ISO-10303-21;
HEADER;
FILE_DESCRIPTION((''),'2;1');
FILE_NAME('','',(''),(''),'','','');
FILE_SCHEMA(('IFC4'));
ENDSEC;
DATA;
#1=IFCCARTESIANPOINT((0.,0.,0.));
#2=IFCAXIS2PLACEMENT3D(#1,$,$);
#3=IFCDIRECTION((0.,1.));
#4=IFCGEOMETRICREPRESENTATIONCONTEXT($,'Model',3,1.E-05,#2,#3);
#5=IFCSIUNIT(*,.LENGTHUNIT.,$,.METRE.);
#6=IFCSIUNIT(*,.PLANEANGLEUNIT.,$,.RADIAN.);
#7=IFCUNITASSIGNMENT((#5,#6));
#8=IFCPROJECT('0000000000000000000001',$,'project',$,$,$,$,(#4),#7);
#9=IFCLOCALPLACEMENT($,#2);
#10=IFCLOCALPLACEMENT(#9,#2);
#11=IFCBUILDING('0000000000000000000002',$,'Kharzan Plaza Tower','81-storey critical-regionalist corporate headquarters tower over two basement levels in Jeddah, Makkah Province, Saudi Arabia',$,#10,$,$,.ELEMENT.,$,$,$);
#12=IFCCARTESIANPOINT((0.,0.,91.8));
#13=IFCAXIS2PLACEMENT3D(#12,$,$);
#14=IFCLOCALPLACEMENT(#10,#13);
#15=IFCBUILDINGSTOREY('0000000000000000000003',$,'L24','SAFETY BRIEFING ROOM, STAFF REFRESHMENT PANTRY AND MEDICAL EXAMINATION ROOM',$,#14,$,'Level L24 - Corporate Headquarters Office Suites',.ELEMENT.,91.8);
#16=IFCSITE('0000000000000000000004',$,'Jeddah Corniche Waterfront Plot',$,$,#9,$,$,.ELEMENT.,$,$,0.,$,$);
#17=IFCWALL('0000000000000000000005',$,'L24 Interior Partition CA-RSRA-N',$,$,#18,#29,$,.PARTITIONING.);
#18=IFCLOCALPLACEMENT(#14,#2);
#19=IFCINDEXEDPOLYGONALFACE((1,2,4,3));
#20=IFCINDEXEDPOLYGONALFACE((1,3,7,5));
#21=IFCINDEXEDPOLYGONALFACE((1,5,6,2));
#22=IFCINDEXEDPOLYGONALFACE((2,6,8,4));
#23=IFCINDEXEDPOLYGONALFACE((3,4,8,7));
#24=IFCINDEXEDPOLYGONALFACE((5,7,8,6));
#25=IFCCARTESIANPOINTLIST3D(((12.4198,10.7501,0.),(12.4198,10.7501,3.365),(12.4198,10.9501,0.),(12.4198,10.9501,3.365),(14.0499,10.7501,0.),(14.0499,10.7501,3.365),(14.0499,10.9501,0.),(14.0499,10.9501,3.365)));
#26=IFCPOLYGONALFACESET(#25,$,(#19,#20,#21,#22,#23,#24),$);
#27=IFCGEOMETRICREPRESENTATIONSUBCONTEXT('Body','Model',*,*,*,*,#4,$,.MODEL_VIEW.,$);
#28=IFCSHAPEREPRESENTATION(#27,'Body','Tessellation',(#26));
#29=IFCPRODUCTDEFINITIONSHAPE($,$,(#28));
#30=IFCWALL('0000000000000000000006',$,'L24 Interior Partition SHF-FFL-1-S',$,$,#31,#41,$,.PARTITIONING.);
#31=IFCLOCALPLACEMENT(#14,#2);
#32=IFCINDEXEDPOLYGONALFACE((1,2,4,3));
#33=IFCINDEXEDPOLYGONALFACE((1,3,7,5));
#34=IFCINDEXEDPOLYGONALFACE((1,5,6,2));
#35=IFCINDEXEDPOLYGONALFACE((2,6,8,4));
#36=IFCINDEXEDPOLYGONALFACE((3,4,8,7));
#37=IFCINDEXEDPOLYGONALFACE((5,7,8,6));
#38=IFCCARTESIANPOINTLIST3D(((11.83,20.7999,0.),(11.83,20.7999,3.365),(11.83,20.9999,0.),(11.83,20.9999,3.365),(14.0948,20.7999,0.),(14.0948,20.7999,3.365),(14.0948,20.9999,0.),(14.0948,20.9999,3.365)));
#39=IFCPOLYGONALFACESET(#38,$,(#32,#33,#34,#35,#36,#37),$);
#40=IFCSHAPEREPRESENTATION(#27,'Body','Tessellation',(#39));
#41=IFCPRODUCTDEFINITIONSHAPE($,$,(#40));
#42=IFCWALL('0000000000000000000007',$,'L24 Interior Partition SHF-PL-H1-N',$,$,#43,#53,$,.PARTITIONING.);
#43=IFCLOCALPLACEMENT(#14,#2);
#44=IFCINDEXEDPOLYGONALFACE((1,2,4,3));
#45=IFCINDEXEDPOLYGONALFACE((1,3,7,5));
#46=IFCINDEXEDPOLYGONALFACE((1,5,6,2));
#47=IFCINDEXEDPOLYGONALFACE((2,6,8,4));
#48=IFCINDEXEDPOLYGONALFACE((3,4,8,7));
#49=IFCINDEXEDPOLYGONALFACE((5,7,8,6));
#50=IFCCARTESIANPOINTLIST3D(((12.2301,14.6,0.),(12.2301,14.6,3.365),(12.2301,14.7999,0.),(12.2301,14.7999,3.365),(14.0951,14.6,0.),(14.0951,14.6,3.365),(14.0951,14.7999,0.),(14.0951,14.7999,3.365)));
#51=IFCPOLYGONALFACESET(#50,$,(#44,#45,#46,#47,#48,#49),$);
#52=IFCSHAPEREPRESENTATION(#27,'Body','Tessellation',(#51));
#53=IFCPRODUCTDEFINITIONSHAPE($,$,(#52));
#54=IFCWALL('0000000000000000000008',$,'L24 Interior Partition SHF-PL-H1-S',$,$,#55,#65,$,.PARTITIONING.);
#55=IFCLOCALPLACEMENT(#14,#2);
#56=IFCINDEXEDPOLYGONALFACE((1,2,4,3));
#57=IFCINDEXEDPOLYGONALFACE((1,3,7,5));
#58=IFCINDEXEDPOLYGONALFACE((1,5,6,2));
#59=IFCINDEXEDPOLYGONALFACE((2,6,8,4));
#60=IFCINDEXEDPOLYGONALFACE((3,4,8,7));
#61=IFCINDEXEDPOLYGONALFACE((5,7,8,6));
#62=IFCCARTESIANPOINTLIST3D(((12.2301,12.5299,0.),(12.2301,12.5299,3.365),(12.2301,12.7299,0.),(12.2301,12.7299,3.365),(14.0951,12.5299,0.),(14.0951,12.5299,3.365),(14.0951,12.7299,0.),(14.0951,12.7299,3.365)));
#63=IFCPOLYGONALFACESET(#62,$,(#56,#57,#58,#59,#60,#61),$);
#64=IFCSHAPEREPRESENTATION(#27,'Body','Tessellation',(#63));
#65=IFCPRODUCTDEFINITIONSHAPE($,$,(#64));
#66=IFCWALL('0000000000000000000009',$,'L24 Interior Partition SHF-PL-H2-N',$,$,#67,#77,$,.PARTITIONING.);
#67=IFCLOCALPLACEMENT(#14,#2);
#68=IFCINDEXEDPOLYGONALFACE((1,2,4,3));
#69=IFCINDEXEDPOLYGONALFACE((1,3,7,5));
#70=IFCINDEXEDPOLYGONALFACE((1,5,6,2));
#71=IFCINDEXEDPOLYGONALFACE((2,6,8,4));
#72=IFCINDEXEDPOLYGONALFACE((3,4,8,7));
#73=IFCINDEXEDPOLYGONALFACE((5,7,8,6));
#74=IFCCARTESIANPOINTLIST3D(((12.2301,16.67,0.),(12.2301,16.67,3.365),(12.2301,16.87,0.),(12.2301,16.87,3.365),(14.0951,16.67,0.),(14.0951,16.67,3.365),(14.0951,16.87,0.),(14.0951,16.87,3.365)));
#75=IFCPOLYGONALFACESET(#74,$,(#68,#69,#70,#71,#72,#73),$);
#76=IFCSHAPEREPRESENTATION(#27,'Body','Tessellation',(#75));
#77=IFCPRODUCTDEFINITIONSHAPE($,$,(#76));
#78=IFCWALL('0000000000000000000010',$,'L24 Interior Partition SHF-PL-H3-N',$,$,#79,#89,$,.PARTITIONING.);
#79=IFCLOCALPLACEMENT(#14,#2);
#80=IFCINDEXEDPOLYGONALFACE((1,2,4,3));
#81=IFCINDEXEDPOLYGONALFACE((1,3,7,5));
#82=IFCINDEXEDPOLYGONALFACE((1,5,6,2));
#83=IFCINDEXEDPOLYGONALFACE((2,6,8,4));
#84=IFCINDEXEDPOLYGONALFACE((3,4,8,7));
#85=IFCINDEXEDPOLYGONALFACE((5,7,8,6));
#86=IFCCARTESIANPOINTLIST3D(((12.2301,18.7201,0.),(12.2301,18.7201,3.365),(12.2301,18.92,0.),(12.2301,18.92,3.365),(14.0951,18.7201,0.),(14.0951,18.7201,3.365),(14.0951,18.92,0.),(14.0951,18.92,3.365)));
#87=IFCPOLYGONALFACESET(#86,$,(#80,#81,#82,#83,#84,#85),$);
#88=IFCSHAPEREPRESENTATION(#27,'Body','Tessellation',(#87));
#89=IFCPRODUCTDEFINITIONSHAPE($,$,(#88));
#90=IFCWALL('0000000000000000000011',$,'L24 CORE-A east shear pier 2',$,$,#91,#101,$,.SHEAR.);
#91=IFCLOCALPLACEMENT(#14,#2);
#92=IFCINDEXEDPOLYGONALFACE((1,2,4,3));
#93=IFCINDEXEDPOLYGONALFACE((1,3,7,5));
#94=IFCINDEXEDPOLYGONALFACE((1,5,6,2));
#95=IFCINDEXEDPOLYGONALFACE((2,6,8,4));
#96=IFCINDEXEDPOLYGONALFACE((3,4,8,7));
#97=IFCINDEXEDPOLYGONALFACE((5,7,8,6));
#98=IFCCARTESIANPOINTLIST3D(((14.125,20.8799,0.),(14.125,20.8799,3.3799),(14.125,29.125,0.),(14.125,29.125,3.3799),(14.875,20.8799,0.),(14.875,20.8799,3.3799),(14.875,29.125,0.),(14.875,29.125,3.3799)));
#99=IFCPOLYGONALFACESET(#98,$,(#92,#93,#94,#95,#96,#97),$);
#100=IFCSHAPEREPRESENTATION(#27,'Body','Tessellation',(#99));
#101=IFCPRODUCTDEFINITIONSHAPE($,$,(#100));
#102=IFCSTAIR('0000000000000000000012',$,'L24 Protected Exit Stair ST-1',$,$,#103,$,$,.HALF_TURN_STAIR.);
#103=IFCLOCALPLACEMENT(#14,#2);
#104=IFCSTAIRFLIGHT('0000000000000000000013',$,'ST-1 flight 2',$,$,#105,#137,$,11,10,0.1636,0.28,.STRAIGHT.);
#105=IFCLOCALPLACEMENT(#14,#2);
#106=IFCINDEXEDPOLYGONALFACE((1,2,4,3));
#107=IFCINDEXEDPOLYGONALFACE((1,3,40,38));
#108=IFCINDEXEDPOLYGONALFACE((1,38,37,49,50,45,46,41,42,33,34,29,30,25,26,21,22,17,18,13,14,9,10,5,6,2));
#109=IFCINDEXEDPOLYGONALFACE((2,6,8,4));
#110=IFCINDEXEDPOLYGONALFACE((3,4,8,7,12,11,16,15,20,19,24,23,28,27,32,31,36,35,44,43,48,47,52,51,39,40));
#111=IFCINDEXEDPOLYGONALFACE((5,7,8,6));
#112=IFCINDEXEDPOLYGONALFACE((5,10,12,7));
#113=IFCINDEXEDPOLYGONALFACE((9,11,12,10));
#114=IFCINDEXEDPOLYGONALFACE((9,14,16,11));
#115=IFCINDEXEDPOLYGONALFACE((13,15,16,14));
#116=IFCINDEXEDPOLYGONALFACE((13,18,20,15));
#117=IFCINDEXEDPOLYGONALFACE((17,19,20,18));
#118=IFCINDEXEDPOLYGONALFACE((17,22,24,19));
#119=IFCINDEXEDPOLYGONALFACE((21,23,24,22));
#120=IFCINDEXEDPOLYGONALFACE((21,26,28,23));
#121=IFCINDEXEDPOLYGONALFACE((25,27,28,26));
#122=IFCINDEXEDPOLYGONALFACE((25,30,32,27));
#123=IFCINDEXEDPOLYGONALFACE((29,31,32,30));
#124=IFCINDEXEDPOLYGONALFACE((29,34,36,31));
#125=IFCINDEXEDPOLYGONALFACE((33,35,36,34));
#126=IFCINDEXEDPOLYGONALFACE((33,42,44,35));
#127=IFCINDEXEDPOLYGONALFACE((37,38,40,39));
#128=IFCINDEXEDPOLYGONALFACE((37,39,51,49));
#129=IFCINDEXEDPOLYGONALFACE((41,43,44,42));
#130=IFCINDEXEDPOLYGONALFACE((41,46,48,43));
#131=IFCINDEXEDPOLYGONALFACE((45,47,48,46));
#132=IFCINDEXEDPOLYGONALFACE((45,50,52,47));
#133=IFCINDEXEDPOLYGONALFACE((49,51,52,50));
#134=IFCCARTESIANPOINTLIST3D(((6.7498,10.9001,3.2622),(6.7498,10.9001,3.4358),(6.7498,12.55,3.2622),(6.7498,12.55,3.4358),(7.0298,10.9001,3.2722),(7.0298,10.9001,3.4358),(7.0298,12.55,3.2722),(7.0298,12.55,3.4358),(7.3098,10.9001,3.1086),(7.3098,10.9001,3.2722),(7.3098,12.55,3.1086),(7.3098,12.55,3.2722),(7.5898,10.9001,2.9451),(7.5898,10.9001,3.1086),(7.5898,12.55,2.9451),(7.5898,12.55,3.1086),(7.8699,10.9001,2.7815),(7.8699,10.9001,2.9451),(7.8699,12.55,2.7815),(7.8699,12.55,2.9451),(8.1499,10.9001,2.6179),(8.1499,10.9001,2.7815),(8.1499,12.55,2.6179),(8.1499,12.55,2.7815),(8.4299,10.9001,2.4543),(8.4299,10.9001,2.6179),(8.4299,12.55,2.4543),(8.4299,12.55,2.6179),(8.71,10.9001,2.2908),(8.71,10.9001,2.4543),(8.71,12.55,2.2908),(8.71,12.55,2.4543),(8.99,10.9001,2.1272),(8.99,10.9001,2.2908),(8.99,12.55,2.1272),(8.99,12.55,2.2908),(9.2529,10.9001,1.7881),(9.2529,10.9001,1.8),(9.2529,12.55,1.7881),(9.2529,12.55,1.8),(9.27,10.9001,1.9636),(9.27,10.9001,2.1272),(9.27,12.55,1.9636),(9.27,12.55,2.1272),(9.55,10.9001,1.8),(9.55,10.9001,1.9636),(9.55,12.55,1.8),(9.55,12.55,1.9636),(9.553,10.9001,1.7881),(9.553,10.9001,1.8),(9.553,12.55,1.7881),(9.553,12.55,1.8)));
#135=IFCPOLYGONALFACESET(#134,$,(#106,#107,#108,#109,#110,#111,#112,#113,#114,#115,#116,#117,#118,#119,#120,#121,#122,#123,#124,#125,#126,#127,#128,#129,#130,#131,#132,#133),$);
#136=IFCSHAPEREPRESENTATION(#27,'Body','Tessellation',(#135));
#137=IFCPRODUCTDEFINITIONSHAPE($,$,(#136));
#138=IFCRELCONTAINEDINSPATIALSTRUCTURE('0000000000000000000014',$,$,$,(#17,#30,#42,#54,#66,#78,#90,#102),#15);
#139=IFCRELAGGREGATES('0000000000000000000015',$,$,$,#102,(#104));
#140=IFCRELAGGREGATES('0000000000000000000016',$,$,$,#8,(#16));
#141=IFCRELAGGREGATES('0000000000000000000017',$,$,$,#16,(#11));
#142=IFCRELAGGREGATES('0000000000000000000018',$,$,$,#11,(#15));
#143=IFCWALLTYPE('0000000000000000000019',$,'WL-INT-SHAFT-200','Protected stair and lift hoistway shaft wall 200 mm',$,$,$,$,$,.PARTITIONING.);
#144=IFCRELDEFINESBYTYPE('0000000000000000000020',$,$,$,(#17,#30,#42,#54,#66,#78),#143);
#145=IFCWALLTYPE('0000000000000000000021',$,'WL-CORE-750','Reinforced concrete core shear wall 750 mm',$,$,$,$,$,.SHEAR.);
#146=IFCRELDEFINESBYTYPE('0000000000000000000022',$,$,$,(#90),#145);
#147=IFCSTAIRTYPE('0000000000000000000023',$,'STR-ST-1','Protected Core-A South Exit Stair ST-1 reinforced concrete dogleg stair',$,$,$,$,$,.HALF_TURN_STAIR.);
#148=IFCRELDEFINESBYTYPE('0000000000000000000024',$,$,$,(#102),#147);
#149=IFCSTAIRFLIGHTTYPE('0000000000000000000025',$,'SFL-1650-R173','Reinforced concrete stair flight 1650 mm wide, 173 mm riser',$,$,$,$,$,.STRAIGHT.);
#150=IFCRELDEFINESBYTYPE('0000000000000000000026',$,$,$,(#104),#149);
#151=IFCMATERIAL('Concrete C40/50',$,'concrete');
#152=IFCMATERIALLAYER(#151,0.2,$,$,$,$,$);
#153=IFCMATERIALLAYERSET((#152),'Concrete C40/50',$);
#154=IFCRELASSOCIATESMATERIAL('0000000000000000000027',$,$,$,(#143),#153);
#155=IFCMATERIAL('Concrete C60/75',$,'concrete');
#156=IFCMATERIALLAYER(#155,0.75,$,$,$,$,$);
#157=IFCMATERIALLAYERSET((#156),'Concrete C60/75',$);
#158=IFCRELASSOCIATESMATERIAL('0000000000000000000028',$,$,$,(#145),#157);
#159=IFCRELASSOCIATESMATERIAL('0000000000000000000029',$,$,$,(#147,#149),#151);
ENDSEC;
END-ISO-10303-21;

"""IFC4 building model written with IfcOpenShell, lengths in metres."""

from ifc_helpers import new_model, si_unit, direction, frame, frame_2d, origin, place, context, subcontext, project, spatial, polyline, rectangle, outline, extrude, source, transform, mapped, material, layer, layer_set, type_object, element, aggregate, save


model = new_model("IFC4")

# Units and contexts
model_context = context("Model", 3, precision=1e-05, world=origin(), true_north=direction((0.0, 1.0)))
body_context = subcontext(model_context, "Body", "Model", "MODEL_VIEW")
ifc_project = project(units=[si_unit("LENGTHUNIT", "METRE"), si_unit("PLANEANGLEUNIT", "RADIAN")], contexts=[model_context])

# Site, building, storey
site_placement = place(None, origin())
site = spatial("IfcSite", under=ifc_project, at=site_placement, Name="Jeddah Corniche Waterfront Plot", CompositionType="ELEMENT", RefElevation=0.0)
building_placement = place(site_placement, origin())
building = spatial("IfcBuilding", under=site, at=building_placement, Name="Kharzan Plaza Tower", Description="81-storey critical-regionalist corporate headquarters tower over two basement levels in Jeddah, Makkah Province, Saudi Arabia", CompositionType="ELEMENT")
storey_placement = place(building_placement, frame((0.0, 0.0, 91.8)))
storey = spatial("IfcBuildingStorey", under=building, at=storey_placement, Name="L24", Description="SAFETY BRIEFING ROOM, STAFF REFRESHMENT PANTRY AND MEDICAL EXAMINATION ROOM", LongName="Level L24 - Corporate Headquarters Office Suites", CompositionType="ELEMENT", Elevation=91.8)

# Shared definitions
ifc_material_1 = material(Name="Concrete C60/75", Category="concrete")

# Shared definitions
ifc_material_2 = material(Name="Concrete C40/50", Category="concrete")
ifc_layer_1 = layer(ifc_material_2, 0.2)
ifc_layer_set_1 = layer_set([ifc_layer_1], Name="Concrete C40/50")
wall_type_1 = type_object("IfcWallType", Name="WL-INT-SHAFT-200", Description="Protected stair and lift hoistway shaft wall 200 mm", PredefinedType="PARTITIONING", material=ifc_layer_set_1)

# Walls
shared_shape_1 = source(origin(), body_context, "Body", "SweptSolid", [
    extrude(rectangle(XDim=1.6301, YDim=0.2, at=frame_2d((0.8149, 0.0))), origin(), (0.0, 0.0, 1.0), 3.365),
])
wall_1_placement = place(storey_placement, frame((12.4199, 10.8501, 0.0), z_axis=(0.0, 0.0, 1.0), x_axis=(1.0, 0.0, 0.0)))
element("IfcWall", 1, at=wall_1_placement, inside=storey, type_object=wall_type_1, Name="L24 Interior Partition CA-RSRA-N", PredefinedType="PARTITIONING", context=body_context, shape_type="MappedRepresentation", body=[
    mapped(shared_shape_1, transform((0.0, 0.0, 0.0), x_axis=(1.0, 0.0, 0.0), y_axis=(0.0, 1.0, 0.0), z_axis=(0.0, 0.0, 1.0))),
])
shared_shape_2 = source(origin(), body_context, "Body", "SweptSolid", [
    extrude(rectangle(XDim=2.2649, YDim=0.2, at=frame_2d((1.1323, 0.0))), origin(), (0.0, 0.0, 1.0), 3.365),
])
wall_2_placement = place(storey_placement, frame((11.8301, 20.8999, 0.0), z_axis=(0.0, 0.0, 1.0), x_axis=(1.0, 0.0, 0.0)))
element("IfcWall", 2, at=wall_2_placement, inside=storey, type_object=wall_type_1, Name="L24 Interior Partition SHF-FFL-1-S", PredefinedType="PARTITIONING", context=body_context, shape_type="MappedRepresentation", body=[
    mapped(shared_shape_2, transform((0.0, 0.0, 0.0), x_axis=(1.0, 0.0, 0.0), y_axis=(0.0, 1.0, 0.0), z_axis=(0.0, 0.0, 1.0))),
])
shared_shape_3 = source(origin(), body_context, "Body", "SweptSolid", [
    extrude(rectangle(XDim=1.865, YDim=0.2, at=frame_2d((0.9326, 0.0))), origin(), (0.0, 0.0, 1.0), 3.365),
])
for number, where, z_axis, x_axis, name in (
    (3, (12.23, 14.7, 0.0), (0.0, 0.0, 1.0), (1.0, 0.0, 0.0), "L24 Interior Partition SHF-PL-H1-N"),
    (4, (12.23, 12.6299, 0.0), (0.0, 0.0, 1.0), (1.0, 0.0, 0.0), "L24 Interior Partition SHF-PL-H1-S"),
    (5, (12.23, 16.77, 0.0), (0.0, 0.0, 1.0), (1.0, 0.0, 0.0), "L24 Interior Partition SHF-PL-H2-N"),
    (6, (12.23, 18.8201, 0.0), (0.0, 0.0, 1.0), (1.0, 0.0, 0.0), "L24 Interior Partition SHF-PL-H3-N"),
):
    element("IfcWall", number, at=place(storey_placement, frame(where, z_axis=z_axis, x_axis=x_axis)), inside=storey, type_object=wall_type_1, Name=name, PredefinedType="PARTITIONING", context=body_context, shape_type="MappedRepresentation", body=[
        mapped(shared_shape_3, transform((0.0, 0.0, 0.0), x_axis=(1.0, 0.0, 0.0), y_axis=(0.0, 1.0, 0.0), z_axis=(0.0, 0.0, 1.0))),
    ])
ifc_layer_2 = layer(ifc_material_1, 0.75)
ifc_layer_set_2 = layer_set([ifc_layer_2], Name="Concrete C60/75")
wall_type_2 = type_object("IfcWallType", Name="WL-CORE-750", Description="Reinforced concrete core shear wall 750 mm", PredefinedType="SHEAR", material=ifc_layer_set_2)
shared_shape_4 = source(origin(), body_context, "Body", "SweptSolid", [
    extrude(rectangle(XDim=8.2451, YDim=0.75, at=frame_2d((4.1226, 0.0))), origin(), (0.0, 0.0, 1.0), 3.3799),
])
wall_3_placement = place(storey_placement, frame((14.5, 20.8799, 0.0), z_axis=(0.0, 0.0, 1.0), x_axis=(0.0, 1.0, 0.0)))
element("IfcWall", 7, at=wall_3_placement, inside=storey, type_object=wall_type_2, Name="L24 CORE-A east shear pier 2", PredefinedType="SHEAR", context=body_context, shape_type="MappedRepresentation", body=[
    mapped(shared_shape_4, transform((0.0, 0.0, 0.0), x_axis=(1.0, 0.0, 0.0), y_axis=(0.0, 1.0, 0.0), z_axis=(0.0, 0.0, 1.0))),
])

# Stair, stair flight
stair_type = type_object("IfcStairType", Name="STR-ST-1", Description="Protected Core-A South Exit Stair ST-1 reinforced concrete dogleg stair", PredefinedType="HALF_TURN_STAIR", material=ifc_material_2)
stair_placement = place(storey_placement, origin())
stair = element("IfcStair", 8, at=stair_placement, inside=storey, type_object=stair_type, Name="L24 Protected Exit Stair ST-1", PredefinedType="HALF_TURN_STAIR")
stair_flight_type = type_object("IfcStairFlightType", Name="SFL-1650-R173", Description="Reinforced concrete stair flight 1650 mm wide, 173 mm riser", PredefinedType="STRAIGHT", material=ifc_material_2)
shared_shape_5 = source(origin(), body_context, "Body", "SweptSolid", [
    extrude(outline(polyline([(-0.0029, -0.012), (-0.0029, 0.0), (0.0, 0.0), (0.0, 0.1636), (0.28, 0.1636), (0.28, 0.3271), (0.5601, 0.3271), (0.5601, 0.4907), (0.8401, 0.4907), (0.8401, 0.6543), (1.1201, 0.6543), (1.1201, 0.8179), (1.4001, 0.8179), (1.4001, 0.9814), (1.6802, 0.9814), (1.6802, 1.145), (1.9602, 1.145), (1.9602, 1.3086), (2.2402, 1.3086), (2.2402, 1.4722), (2.5203, 1.4722), (2.5203, 1.6357), (2.8003, 1.6357), (2.8003, 1.7993), (2.8003, 1.4622), (0.2971, 0.0), (0.2971, -0.012), (-0.0029, -0.012)])), frame((0.0, 0.825, 0.0), z_axis=(0.0, -1.0, 0.0), x_axis=(1.0, 0.0, 0.0)), (0.0, 0.0, 1.0), 1.6499),
])
stair_flight_placement = place(storey_placement, frame((9.55, 11.7251, 1.8), z_axis=(0.0, 0.0, 1.0), x_axis=(-1.0, 0.0, 0.0)))
stair_flight = element("IfcStairFlight", 9, at=stair_flight_placement, type_object=stair_flight_type, Name="ST-1 flight 2", NumberOfRisers=11, NumberOfTreads=10, PredefinedType="STRAIGHT", RiserHeight=0.1636, TreadLength=0.28, context=body_context, shape_type="MappedRepresentation", body=[
    mapped(shared_shape_5, transform((0.0, 0.0, 0.0), x_axis=(1.0, 0.0, 0.0), y_axis=(0.0, 1.0, 0.0), z_axis=(0.0, 0.0, 1.0))),
])
aggregate(stair, [stair_flight])

save(model, "model.ifc")
